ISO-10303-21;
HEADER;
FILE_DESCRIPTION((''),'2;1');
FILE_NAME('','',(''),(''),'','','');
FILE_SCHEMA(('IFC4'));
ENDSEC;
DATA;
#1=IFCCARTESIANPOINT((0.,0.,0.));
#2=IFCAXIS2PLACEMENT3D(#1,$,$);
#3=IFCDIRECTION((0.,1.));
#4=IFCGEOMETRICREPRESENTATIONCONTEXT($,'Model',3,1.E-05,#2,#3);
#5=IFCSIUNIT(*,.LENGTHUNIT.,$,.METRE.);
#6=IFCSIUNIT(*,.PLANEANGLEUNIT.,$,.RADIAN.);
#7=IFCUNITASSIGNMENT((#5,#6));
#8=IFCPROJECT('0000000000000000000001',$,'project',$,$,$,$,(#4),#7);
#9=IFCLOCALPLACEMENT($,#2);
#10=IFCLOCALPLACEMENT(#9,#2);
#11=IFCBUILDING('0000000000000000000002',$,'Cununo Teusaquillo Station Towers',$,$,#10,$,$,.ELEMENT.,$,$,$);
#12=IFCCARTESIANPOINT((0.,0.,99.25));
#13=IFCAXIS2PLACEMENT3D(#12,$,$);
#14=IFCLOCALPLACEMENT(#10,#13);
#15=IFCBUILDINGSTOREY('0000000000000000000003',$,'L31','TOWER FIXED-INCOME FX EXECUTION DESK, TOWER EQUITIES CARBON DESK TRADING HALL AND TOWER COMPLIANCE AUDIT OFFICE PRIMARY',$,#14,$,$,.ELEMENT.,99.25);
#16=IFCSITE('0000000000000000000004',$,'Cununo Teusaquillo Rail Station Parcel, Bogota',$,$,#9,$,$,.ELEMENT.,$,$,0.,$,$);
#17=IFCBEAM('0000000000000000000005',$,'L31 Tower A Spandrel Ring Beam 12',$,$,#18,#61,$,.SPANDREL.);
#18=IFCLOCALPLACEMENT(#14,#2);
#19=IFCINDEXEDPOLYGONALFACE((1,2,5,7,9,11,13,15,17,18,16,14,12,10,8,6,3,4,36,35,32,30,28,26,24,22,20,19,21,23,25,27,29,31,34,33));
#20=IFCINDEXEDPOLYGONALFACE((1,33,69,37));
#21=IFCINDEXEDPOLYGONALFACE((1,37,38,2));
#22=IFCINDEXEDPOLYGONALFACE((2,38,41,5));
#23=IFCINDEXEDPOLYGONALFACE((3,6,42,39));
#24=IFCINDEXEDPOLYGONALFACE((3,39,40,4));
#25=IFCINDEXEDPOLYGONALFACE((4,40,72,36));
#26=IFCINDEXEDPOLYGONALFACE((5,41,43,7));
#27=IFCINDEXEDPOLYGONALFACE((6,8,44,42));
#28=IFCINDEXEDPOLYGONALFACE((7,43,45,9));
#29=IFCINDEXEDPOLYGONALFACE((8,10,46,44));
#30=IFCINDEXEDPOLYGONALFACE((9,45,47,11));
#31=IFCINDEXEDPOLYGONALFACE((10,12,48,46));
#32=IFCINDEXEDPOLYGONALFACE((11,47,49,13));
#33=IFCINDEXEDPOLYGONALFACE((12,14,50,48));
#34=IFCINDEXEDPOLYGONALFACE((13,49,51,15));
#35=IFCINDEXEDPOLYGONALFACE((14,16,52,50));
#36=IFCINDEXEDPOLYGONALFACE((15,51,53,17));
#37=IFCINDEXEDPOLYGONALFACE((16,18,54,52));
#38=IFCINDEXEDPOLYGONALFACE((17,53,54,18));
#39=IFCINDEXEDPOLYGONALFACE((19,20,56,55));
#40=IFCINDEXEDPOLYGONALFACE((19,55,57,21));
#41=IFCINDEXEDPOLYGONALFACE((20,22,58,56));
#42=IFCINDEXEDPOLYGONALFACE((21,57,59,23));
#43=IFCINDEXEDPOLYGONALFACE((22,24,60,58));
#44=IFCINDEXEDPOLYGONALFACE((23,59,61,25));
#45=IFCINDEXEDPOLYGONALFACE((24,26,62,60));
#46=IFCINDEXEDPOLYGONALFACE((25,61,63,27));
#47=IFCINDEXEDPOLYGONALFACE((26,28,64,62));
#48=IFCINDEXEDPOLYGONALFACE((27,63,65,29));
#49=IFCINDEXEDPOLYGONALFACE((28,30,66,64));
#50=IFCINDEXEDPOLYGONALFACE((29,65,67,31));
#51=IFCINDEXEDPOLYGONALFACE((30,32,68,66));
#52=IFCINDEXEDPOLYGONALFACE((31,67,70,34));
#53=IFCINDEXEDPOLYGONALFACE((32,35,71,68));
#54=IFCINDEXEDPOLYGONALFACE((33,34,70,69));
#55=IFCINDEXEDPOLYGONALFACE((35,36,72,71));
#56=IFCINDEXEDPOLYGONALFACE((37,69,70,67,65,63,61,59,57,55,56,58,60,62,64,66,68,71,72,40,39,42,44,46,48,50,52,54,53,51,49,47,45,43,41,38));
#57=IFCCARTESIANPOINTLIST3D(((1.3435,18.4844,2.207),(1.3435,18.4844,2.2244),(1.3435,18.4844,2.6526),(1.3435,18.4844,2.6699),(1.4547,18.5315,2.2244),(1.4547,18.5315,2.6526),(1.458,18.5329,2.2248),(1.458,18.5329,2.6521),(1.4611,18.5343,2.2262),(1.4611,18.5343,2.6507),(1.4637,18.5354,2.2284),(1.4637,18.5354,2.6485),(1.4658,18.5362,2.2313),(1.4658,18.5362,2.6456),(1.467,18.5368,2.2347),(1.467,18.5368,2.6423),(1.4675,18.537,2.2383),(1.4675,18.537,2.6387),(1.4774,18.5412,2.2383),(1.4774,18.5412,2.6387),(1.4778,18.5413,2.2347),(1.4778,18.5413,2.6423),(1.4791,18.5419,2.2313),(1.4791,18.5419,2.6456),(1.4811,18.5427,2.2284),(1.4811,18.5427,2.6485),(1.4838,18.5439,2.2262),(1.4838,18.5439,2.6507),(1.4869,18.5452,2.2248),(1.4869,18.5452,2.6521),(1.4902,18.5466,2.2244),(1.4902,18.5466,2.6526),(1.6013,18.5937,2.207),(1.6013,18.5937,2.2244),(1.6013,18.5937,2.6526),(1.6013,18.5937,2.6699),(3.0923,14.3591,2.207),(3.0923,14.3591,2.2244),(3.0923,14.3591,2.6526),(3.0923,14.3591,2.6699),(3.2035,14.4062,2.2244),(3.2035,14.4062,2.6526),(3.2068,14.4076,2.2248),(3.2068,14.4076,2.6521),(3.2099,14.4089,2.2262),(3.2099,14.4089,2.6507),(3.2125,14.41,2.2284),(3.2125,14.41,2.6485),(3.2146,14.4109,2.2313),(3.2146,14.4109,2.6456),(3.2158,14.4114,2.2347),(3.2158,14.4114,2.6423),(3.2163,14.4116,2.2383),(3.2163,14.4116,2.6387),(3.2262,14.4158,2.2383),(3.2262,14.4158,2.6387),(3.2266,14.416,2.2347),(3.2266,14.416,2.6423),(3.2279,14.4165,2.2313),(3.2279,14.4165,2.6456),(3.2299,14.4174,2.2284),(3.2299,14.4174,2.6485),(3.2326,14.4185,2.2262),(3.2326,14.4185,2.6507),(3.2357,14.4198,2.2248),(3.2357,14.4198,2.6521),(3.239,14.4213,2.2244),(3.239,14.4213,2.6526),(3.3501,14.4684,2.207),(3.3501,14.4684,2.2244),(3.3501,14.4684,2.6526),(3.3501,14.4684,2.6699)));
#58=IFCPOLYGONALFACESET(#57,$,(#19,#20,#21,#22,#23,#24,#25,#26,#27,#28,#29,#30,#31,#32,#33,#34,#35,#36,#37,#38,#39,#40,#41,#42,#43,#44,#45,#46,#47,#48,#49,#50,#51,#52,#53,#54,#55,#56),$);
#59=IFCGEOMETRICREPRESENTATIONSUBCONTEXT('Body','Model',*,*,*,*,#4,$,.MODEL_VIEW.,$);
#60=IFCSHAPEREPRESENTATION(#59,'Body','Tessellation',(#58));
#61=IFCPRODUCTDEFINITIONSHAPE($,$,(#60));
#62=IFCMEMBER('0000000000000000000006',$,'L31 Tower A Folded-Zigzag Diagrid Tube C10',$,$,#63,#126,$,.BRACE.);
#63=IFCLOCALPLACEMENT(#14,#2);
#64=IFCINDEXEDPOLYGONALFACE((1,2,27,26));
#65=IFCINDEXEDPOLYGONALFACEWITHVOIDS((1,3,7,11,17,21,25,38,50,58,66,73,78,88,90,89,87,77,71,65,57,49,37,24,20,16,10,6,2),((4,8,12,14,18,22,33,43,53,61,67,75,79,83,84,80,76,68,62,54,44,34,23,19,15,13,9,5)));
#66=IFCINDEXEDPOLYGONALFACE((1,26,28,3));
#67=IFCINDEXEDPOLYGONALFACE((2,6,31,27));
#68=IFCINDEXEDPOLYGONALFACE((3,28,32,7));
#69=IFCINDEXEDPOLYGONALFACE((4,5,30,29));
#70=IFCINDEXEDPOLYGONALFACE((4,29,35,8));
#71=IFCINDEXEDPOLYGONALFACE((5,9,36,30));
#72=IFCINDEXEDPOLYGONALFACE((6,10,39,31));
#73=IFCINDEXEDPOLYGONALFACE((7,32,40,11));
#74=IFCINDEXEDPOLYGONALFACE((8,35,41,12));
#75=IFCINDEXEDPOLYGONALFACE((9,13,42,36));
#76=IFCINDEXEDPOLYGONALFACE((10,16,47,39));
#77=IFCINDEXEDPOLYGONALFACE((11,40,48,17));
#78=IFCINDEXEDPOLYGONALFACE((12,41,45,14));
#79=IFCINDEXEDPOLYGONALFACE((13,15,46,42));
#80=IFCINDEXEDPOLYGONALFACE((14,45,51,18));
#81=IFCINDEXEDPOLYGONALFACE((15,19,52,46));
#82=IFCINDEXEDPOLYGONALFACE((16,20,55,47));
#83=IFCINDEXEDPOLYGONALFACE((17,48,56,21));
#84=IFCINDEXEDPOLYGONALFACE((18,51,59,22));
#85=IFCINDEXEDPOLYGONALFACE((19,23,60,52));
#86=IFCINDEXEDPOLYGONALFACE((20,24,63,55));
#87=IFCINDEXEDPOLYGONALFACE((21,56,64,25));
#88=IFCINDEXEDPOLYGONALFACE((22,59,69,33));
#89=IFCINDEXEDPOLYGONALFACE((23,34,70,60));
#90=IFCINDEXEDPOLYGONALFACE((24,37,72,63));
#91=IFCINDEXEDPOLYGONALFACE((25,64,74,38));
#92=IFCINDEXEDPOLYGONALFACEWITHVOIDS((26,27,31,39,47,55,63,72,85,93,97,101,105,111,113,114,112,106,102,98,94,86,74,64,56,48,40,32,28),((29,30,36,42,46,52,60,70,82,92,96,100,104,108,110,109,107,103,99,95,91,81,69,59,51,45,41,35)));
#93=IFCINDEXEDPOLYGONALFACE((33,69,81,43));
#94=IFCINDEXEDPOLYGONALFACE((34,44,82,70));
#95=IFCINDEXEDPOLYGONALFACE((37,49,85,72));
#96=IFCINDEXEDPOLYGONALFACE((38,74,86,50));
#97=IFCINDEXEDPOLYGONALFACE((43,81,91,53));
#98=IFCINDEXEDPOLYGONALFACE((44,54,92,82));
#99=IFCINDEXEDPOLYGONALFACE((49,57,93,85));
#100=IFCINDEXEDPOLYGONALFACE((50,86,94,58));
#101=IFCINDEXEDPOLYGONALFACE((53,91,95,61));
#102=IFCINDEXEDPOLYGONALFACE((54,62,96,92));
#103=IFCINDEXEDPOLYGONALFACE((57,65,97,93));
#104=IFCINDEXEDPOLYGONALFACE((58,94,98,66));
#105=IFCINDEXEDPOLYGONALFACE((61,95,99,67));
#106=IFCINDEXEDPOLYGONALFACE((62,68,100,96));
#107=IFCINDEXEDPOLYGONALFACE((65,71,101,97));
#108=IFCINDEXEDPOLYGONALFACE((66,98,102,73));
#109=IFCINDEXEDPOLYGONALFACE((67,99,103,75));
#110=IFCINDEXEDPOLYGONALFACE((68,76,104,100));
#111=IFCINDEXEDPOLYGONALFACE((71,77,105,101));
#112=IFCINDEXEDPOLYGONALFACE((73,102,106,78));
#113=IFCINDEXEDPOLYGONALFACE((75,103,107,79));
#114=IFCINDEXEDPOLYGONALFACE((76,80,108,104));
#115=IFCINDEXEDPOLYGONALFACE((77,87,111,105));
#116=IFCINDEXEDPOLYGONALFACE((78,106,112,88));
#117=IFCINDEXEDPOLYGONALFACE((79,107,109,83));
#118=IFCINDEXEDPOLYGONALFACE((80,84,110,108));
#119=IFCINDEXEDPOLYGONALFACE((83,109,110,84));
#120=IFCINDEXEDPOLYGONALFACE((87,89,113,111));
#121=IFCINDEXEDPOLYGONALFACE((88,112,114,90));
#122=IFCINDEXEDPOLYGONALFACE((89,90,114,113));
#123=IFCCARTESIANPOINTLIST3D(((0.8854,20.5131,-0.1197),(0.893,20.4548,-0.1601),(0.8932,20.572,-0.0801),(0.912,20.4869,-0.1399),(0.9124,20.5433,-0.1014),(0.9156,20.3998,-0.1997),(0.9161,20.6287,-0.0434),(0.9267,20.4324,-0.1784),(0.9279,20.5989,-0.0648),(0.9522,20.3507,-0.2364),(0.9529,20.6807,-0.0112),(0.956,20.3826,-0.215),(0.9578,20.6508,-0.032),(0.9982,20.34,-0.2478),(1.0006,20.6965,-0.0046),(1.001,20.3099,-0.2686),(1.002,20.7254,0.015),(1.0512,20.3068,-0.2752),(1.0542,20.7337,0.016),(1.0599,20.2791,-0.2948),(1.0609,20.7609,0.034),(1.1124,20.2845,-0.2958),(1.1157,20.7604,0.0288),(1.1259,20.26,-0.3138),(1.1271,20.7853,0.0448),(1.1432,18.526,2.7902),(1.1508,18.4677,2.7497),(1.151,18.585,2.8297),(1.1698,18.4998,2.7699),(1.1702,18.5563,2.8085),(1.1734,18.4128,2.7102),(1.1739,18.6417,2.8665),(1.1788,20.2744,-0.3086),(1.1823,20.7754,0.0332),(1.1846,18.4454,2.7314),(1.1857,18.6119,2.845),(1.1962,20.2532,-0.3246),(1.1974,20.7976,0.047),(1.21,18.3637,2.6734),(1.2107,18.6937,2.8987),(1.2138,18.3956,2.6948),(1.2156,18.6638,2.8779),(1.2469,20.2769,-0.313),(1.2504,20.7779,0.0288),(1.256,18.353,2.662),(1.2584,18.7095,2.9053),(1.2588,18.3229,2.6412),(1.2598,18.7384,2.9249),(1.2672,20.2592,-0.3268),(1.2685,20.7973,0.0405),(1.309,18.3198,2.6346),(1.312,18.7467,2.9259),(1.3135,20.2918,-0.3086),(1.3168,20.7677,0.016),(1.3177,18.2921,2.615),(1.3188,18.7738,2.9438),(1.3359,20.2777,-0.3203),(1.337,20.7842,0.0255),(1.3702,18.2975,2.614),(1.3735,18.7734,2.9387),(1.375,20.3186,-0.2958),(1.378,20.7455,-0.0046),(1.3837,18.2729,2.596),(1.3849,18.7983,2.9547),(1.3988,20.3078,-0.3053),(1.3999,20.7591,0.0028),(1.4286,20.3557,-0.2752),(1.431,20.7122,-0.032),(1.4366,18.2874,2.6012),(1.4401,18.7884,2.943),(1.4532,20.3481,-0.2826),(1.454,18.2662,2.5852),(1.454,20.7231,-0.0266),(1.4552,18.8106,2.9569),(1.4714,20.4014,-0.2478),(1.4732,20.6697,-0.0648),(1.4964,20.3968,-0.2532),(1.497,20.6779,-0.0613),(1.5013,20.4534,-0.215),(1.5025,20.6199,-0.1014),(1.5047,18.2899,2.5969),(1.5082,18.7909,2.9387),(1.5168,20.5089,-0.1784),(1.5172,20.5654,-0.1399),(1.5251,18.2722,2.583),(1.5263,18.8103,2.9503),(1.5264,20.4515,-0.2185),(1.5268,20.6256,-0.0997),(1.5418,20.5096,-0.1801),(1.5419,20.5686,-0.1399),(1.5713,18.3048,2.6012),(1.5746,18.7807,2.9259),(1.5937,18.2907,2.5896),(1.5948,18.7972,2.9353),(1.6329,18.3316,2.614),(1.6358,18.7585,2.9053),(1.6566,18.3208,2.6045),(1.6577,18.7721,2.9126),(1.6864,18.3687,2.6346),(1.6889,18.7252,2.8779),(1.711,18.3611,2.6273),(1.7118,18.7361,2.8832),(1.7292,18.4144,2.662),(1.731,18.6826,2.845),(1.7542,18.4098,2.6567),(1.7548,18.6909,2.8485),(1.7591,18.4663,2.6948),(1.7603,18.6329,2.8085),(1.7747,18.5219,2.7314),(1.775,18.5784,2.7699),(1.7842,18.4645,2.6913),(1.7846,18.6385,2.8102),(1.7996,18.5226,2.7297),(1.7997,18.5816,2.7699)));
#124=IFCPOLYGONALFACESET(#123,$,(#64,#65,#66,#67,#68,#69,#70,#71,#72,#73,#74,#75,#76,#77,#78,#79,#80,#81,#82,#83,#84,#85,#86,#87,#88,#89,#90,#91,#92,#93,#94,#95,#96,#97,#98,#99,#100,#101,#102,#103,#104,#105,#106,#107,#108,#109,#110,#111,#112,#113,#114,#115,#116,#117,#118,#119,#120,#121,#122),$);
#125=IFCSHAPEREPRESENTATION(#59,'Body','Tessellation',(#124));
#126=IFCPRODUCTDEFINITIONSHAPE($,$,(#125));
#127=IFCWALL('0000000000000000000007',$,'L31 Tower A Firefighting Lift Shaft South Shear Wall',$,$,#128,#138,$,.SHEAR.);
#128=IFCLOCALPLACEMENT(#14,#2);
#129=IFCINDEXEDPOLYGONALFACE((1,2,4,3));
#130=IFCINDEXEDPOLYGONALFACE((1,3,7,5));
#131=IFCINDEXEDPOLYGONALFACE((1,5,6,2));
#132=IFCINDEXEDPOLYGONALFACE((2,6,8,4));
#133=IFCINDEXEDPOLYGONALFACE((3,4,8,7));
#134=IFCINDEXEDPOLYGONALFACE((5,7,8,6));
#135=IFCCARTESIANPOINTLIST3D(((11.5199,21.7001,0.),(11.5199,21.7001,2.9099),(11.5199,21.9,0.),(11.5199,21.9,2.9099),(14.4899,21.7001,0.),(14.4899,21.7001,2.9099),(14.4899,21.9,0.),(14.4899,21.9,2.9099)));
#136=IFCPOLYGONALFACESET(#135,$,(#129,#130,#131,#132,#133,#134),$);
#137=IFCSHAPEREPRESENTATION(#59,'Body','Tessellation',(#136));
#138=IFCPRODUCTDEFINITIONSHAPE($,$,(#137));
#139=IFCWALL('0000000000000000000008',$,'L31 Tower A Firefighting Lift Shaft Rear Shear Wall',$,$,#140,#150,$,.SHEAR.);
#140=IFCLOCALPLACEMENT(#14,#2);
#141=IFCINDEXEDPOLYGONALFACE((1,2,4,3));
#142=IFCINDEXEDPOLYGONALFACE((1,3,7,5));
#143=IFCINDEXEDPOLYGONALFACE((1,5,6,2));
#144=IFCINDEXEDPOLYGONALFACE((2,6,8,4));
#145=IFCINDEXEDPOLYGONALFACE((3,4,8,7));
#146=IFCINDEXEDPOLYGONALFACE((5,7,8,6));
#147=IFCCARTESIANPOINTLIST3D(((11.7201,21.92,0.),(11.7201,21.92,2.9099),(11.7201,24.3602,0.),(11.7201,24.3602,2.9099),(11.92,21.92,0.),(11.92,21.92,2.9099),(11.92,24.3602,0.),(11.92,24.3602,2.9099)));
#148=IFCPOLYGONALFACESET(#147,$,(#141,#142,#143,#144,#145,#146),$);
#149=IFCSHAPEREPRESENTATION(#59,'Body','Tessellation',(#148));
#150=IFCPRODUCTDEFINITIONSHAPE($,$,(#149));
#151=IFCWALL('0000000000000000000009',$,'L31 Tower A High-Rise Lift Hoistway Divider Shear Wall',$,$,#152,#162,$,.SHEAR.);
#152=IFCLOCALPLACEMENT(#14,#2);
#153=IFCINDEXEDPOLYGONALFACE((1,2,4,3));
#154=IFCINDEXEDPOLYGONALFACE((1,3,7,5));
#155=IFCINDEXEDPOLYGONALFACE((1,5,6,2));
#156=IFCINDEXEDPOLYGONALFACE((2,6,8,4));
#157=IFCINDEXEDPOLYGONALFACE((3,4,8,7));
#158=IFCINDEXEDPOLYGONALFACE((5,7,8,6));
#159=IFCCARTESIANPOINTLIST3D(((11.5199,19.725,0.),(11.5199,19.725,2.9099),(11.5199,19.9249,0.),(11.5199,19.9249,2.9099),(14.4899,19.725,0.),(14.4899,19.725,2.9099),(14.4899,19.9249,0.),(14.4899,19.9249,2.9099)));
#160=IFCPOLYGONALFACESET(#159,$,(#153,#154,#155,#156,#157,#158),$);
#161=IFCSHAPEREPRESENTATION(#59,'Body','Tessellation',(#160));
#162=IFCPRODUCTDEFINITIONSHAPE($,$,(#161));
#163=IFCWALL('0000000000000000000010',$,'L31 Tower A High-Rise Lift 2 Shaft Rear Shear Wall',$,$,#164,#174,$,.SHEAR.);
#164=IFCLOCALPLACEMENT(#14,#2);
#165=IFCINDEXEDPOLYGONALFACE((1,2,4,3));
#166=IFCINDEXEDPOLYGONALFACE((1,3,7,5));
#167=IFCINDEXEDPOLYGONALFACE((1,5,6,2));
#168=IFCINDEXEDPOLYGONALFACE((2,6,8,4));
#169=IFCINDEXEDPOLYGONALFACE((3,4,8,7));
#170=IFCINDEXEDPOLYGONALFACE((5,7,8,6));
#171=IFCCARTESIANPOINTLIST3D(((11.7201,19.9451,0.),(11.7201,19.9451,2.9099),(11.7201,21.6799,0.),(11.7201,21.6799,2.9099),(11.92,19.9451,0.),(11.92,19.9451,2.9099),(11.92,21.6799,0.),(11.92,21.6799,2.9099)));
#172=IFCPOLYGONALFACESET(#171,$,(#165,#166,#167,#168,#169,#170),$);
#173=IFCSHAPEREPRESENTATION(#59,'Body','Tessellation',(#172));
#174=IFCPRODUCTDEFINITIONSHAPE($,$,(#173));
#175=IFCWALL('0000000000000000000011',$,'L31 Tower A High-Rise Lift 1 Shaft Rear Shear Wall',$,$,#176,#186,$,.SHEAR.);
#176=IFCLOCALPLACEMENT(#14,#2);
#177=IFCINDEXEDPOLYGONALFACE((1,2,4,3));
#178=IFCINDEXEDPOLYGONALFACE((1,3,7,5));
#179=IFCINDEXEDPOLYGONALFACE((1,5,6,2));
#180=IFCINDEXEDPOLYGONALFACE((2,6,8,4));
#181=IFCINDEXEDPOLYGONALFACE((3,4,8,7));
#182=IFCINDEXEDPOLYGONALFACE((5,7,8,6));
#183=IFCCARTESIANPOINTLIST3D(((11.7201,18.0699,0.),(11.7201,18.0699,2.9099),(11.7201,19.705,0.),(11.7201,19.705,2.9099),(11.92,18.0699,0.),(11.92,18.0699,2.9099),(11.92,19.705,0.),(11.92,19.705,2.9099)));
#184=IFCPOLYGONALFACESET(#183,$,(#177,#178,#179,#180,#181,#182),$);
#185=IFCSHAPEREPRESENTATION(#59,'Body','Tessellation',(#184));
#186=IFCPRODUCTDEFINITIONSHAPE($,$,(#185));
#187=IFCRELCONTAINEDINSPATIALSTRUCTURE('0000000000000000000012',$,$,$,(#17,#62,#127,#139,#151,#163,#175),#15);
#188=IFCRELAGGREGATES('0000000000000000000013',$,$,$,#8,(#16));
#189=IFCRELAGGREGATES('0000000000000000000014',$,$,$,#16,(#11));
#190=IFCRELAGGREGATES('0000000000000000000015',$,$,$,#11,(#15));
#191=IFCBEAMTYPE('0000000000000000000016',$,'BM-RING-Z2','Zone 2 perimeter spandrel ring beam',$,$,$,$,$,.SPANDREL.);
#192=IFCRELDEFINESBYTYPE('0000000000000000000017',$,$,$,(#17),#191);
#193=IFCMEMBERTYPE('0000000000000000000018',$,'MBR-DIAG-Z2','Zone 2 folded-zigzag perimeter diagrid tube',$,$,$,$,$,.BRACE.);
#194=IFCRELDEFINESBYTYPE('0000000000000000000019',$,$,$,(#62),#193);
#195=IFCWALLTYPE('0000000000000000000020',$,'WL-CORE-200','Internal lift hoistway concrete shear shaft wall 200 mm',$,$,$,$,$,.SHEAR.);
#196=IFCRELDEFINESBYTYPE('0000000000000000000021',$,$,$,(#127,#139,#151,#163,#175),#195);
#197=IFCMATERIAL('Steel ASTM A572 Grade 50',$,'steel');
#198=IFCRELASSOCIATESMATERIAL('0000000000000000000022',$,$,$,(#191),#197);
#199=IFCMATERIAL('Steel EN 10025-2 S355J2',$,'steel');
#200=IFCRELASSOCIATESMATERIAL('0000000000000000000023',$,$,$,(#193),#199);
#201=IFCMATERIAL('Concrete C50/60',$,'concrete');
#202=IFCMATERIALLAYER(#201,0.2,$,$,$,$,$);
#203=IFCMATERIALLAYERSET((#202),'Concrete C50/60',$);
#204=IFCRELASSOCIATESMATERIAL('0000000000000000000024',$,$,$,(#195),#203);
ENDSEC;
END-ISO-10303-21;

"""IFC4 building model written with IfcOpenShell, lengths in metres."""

from ifc_helpers import new_model, si_unit, direction, frame, frame_2d, origin, origin_2d, place, context, subcontext, project, spatial, rectangle, hollow_circle, i_section, extrude, material, layer, layer_set, material_profile, profile_set, type_object, element, save


model = new_model("IFC4")

# Units and contexts
model_context = context("Model", 3, precision=1e-05, world=origin(), true_north=direction((0.0, 1.0)))
body_context = subcontext(model_context, "Body", "Model", "MODEL_VIEW")
ifc_project = project(units=[si_unit("LENGTHUNIT", "METRE"), si_unit("PLANEANGLEUNIT", "RADIAN")], contexts=[model_context])

# Site, building, storey
site_placement = place(None, origin())
site = spatial("IfcSite", under=ifc_project, at=site_placement, Name="Cununo Teusaquillo Rail Station Parcel, Bogota", CompositionType="ELEMENT", RefElevation=0.0)
building_placement = place(site_placement, origin())
building = spatial("IfcBuilding", under=site, at=building_placement, Name="Cununo Teusaquillo Station Towers", CompositionType="ELEMENT")
storey_placement = place(building_placement, frame((0.0, 0.0, 99.25)))
storey = spatial("IfcBuildingStorey", under=building, at=storey_placement, Name="L31", Description="TOWER FIXED-INCOME FX EXECUTION DESK, TOWER EQUITIES CARBON DESK TRADING HALL AND TOWER COMPLIANCE AUDIT OFFICE PRIMARY", CompositionType="ELEMENT", Elevation=99.25)

# Beam
ifc_material_1 = material(Name="Steel ASTM A572 Grade 50", Category="steel")
ifc_material_profile_1 = material_profile(ifc_material_1, i_section(OverallWidth=0.28, OverallDepth=0.4629, WebThickness=0.0107, FlangeThickness=0.0173, FilletRadius=0.0139, at=origin_2d()), Name="W18X76")
ifc_profile_set_1 = profile_set([ifc_material_profile_1], Name="Steel ASTM A572 Grade 50")
beam_type_1 = type_object("IfcBeamType", Name="BM-RING-Z2", Description="Zone 2 perimeter spandrel ring beam", PredefinedType="SPANDREL", material=ifc_profile_set_1)
beam_1_placement = place(storey_placement, frame((1.4724, 18.5391, 2.4385), z_axis=(0.390299, -0.920688, 0.0), x_axis=(0.920688, 0.390299, 0.0)))
element("IfcBeam", 1, at=beam_1_placement, inside=storey, type_object=beam_type_1, Name="L31 Tower A Spandrel Ring Beam 12", PredefinedType="SPANDREL", context=body_context, shape_type="SweptSolid", body=[
    extrude(i_section(OverallWidth=0.28, OverallDepth=0.4629, WebThickness=0.0107, FlangeThickness=0.0173, FilletRadius=0.0139, at=origin_2d()), origin(), (0.0, 0.0, 1.0), 4.4807),
])

# Member
ifc_material_2 = material(Name="Steel EN 10025-2 S355J2", Category="steel")
ifc_material_profile_2 = material_profile(ifc_material_2, hollow_circle(Radius=0.3301, WallThickness=0.0249, at=origin_2d()), Name="CHS 660x25")
ifc_profile_set_2 = profile_set([ifc_material_profile_2], Name="Steel EN 10025-2 S355J2")
member_type = type_object("IfcMemberType", Name="MBR-DIAG-Z2", Description="Zone 2 folded-zigzag perimeter diagrid tube", PredefinedType="BRACE", material=ifc_profile_set_2)
member_placement = place(storey_placement, frame((1.2146, 20.5261, -0.1399), z_axis=(0.072972, -0.56242, 0.823625), x_axis=(0.991688, 0.128667, 0.0)))
element("IfcMember", 2, at=member_placement, inside=storey, type_object=member_type, Name="L31 Tower A Folded-Zigzag Diagrid Tube C10", PredefinedType="BRACE", context=body_context, shape_type="SweptSolid", body=[
    extrude(hollow_circle(Radius=0.3301, WallThickness=0.0249, at=origin_2d()), origin(), (0.0, 0.0, 1.0), 3.533),
])

# Walls
ifc_material_3 = material(Name="Concrete C50/60", Category="concrete")
ifc_layer_1 = layer(ifc_material_3, 0.2)
ifc_layer_set_1 = layer_set([ifc_layer_1], Name="Concrete C50/60")
wall_type_1 = type_object("IfcWallType", Name="WL-CORE-200", Description="Internal lift hoistway concrete shear shaft wall 200 mm", PredefinedType="SHEAR", material=ifc_layer_set_1)
wall_1_placement = place(storey_placement, frame((11.52, 21.8, 0.0), z_axis=(0.0, 0.0, 1.0), x_axis=(1.0, 0.0, 0.0)))
element("IfcWall", 3, at=wall_1_placement, inside=storey, type_object=wall_type_1, Name="L31 Tower A Firefighting Lift Shaft South Shear Wall", PredefinedType="SHEAR", context=body_context, shape_type="SweptSolid", body=[
    extrude(rectangle(XDim=2.97, YDim=0.2, at=frame_2d((1.4849, 0.0))), origin(), (0.0, 0.0, 1.0), 2.9099),
])
wall_2_placement = place(storey_placement, frame((11.8201, 21.9199, 0.0), z_axis=(0.0, 0.0, 1.0), x_axis=(0.0, 1.0, 0.0)))
element("IfcWall", 4, at=wall_2_placement, inside=storey, type_object=wall_type_1, Name="L31 Tower A Firefighting Lift Shaft Rear Shear Wall", PredefinedType="SHEAR", context=body_context, shape_type="SweptSolid", body=[
    extrude(rectangle(XDim=2.4402, YDim=0.2, at=frame_2d((1.2202, 0.0))), origin(), (0.0, 0.0, 1.0), 2.9099),
])
wall_3_placement = place(storey_placement, frame((11.52, 19.825, 0.0), z_axis=(0.0, 0.0, 1.0), x_axis=(1.0, 0.0, 0.0)))
element("IfcWall", 5, at=wall_3_placement, inside=storey, type_object=wall_type_1, Name="L31 Tower A High-Rise Lift Hoistway Divider Shear Wall", PredefinedType="SHEAR", context=body_context, shape_type="SweptSolid", body=[
    extrude(rectangle(XDim=2.97, YDim=0.2, at=frame_2d((1.4849, 0.0))), origin(), (0.0, 0.0, 1.0), 2.9099),
])
wall_4_placement = place(storey_placement, frame((11.8201, 19.9451, 0.0), z_axis=(0.0, 0.0, 1.0), x_axis=(0.0, 1.0, 0.0)))
element("IfcWall", 6, at=wall_4_placement, inside=storey, type_object=wall_type_1, Name="L31 Tower A High-Rise Lift 2 Shaft Rear Shear Wall", PredefinedType="SHEAR", context=body_context, shape_type="SweptSolid", body=[
    extrude(rectangle(XDim=1.7349, YDim=0.2, at=frame_2d((0.8674, 0.0))), origin(), (0.0, 0.0, 1.0), 2.9099),
])
wall_5_placement = place(storey_placement, frame((11.8201, 18.0701, 0.0), z_axis=(0.0, 0.0, 1.0), x_axis=(0.0, 1.0, 0.0)))
element("IfcWall", 7, at=wall_5_placement, inside=storey, type_object=wall_type_1, Name="L31 Tower A High-Rise Lift 1 Shaft Rear Shear Wall", PredefinedType="SHEAR", context=body_context, shape_type="SweptSolid", body=[
    extrude(rectangle(XDim=1.635, YDim=0.2, at=frame_2d((0.8174, 0.0))), origin(), (0.0, 0.0, 1.0), 2.9099),
])

save(model, "model.ifc")
